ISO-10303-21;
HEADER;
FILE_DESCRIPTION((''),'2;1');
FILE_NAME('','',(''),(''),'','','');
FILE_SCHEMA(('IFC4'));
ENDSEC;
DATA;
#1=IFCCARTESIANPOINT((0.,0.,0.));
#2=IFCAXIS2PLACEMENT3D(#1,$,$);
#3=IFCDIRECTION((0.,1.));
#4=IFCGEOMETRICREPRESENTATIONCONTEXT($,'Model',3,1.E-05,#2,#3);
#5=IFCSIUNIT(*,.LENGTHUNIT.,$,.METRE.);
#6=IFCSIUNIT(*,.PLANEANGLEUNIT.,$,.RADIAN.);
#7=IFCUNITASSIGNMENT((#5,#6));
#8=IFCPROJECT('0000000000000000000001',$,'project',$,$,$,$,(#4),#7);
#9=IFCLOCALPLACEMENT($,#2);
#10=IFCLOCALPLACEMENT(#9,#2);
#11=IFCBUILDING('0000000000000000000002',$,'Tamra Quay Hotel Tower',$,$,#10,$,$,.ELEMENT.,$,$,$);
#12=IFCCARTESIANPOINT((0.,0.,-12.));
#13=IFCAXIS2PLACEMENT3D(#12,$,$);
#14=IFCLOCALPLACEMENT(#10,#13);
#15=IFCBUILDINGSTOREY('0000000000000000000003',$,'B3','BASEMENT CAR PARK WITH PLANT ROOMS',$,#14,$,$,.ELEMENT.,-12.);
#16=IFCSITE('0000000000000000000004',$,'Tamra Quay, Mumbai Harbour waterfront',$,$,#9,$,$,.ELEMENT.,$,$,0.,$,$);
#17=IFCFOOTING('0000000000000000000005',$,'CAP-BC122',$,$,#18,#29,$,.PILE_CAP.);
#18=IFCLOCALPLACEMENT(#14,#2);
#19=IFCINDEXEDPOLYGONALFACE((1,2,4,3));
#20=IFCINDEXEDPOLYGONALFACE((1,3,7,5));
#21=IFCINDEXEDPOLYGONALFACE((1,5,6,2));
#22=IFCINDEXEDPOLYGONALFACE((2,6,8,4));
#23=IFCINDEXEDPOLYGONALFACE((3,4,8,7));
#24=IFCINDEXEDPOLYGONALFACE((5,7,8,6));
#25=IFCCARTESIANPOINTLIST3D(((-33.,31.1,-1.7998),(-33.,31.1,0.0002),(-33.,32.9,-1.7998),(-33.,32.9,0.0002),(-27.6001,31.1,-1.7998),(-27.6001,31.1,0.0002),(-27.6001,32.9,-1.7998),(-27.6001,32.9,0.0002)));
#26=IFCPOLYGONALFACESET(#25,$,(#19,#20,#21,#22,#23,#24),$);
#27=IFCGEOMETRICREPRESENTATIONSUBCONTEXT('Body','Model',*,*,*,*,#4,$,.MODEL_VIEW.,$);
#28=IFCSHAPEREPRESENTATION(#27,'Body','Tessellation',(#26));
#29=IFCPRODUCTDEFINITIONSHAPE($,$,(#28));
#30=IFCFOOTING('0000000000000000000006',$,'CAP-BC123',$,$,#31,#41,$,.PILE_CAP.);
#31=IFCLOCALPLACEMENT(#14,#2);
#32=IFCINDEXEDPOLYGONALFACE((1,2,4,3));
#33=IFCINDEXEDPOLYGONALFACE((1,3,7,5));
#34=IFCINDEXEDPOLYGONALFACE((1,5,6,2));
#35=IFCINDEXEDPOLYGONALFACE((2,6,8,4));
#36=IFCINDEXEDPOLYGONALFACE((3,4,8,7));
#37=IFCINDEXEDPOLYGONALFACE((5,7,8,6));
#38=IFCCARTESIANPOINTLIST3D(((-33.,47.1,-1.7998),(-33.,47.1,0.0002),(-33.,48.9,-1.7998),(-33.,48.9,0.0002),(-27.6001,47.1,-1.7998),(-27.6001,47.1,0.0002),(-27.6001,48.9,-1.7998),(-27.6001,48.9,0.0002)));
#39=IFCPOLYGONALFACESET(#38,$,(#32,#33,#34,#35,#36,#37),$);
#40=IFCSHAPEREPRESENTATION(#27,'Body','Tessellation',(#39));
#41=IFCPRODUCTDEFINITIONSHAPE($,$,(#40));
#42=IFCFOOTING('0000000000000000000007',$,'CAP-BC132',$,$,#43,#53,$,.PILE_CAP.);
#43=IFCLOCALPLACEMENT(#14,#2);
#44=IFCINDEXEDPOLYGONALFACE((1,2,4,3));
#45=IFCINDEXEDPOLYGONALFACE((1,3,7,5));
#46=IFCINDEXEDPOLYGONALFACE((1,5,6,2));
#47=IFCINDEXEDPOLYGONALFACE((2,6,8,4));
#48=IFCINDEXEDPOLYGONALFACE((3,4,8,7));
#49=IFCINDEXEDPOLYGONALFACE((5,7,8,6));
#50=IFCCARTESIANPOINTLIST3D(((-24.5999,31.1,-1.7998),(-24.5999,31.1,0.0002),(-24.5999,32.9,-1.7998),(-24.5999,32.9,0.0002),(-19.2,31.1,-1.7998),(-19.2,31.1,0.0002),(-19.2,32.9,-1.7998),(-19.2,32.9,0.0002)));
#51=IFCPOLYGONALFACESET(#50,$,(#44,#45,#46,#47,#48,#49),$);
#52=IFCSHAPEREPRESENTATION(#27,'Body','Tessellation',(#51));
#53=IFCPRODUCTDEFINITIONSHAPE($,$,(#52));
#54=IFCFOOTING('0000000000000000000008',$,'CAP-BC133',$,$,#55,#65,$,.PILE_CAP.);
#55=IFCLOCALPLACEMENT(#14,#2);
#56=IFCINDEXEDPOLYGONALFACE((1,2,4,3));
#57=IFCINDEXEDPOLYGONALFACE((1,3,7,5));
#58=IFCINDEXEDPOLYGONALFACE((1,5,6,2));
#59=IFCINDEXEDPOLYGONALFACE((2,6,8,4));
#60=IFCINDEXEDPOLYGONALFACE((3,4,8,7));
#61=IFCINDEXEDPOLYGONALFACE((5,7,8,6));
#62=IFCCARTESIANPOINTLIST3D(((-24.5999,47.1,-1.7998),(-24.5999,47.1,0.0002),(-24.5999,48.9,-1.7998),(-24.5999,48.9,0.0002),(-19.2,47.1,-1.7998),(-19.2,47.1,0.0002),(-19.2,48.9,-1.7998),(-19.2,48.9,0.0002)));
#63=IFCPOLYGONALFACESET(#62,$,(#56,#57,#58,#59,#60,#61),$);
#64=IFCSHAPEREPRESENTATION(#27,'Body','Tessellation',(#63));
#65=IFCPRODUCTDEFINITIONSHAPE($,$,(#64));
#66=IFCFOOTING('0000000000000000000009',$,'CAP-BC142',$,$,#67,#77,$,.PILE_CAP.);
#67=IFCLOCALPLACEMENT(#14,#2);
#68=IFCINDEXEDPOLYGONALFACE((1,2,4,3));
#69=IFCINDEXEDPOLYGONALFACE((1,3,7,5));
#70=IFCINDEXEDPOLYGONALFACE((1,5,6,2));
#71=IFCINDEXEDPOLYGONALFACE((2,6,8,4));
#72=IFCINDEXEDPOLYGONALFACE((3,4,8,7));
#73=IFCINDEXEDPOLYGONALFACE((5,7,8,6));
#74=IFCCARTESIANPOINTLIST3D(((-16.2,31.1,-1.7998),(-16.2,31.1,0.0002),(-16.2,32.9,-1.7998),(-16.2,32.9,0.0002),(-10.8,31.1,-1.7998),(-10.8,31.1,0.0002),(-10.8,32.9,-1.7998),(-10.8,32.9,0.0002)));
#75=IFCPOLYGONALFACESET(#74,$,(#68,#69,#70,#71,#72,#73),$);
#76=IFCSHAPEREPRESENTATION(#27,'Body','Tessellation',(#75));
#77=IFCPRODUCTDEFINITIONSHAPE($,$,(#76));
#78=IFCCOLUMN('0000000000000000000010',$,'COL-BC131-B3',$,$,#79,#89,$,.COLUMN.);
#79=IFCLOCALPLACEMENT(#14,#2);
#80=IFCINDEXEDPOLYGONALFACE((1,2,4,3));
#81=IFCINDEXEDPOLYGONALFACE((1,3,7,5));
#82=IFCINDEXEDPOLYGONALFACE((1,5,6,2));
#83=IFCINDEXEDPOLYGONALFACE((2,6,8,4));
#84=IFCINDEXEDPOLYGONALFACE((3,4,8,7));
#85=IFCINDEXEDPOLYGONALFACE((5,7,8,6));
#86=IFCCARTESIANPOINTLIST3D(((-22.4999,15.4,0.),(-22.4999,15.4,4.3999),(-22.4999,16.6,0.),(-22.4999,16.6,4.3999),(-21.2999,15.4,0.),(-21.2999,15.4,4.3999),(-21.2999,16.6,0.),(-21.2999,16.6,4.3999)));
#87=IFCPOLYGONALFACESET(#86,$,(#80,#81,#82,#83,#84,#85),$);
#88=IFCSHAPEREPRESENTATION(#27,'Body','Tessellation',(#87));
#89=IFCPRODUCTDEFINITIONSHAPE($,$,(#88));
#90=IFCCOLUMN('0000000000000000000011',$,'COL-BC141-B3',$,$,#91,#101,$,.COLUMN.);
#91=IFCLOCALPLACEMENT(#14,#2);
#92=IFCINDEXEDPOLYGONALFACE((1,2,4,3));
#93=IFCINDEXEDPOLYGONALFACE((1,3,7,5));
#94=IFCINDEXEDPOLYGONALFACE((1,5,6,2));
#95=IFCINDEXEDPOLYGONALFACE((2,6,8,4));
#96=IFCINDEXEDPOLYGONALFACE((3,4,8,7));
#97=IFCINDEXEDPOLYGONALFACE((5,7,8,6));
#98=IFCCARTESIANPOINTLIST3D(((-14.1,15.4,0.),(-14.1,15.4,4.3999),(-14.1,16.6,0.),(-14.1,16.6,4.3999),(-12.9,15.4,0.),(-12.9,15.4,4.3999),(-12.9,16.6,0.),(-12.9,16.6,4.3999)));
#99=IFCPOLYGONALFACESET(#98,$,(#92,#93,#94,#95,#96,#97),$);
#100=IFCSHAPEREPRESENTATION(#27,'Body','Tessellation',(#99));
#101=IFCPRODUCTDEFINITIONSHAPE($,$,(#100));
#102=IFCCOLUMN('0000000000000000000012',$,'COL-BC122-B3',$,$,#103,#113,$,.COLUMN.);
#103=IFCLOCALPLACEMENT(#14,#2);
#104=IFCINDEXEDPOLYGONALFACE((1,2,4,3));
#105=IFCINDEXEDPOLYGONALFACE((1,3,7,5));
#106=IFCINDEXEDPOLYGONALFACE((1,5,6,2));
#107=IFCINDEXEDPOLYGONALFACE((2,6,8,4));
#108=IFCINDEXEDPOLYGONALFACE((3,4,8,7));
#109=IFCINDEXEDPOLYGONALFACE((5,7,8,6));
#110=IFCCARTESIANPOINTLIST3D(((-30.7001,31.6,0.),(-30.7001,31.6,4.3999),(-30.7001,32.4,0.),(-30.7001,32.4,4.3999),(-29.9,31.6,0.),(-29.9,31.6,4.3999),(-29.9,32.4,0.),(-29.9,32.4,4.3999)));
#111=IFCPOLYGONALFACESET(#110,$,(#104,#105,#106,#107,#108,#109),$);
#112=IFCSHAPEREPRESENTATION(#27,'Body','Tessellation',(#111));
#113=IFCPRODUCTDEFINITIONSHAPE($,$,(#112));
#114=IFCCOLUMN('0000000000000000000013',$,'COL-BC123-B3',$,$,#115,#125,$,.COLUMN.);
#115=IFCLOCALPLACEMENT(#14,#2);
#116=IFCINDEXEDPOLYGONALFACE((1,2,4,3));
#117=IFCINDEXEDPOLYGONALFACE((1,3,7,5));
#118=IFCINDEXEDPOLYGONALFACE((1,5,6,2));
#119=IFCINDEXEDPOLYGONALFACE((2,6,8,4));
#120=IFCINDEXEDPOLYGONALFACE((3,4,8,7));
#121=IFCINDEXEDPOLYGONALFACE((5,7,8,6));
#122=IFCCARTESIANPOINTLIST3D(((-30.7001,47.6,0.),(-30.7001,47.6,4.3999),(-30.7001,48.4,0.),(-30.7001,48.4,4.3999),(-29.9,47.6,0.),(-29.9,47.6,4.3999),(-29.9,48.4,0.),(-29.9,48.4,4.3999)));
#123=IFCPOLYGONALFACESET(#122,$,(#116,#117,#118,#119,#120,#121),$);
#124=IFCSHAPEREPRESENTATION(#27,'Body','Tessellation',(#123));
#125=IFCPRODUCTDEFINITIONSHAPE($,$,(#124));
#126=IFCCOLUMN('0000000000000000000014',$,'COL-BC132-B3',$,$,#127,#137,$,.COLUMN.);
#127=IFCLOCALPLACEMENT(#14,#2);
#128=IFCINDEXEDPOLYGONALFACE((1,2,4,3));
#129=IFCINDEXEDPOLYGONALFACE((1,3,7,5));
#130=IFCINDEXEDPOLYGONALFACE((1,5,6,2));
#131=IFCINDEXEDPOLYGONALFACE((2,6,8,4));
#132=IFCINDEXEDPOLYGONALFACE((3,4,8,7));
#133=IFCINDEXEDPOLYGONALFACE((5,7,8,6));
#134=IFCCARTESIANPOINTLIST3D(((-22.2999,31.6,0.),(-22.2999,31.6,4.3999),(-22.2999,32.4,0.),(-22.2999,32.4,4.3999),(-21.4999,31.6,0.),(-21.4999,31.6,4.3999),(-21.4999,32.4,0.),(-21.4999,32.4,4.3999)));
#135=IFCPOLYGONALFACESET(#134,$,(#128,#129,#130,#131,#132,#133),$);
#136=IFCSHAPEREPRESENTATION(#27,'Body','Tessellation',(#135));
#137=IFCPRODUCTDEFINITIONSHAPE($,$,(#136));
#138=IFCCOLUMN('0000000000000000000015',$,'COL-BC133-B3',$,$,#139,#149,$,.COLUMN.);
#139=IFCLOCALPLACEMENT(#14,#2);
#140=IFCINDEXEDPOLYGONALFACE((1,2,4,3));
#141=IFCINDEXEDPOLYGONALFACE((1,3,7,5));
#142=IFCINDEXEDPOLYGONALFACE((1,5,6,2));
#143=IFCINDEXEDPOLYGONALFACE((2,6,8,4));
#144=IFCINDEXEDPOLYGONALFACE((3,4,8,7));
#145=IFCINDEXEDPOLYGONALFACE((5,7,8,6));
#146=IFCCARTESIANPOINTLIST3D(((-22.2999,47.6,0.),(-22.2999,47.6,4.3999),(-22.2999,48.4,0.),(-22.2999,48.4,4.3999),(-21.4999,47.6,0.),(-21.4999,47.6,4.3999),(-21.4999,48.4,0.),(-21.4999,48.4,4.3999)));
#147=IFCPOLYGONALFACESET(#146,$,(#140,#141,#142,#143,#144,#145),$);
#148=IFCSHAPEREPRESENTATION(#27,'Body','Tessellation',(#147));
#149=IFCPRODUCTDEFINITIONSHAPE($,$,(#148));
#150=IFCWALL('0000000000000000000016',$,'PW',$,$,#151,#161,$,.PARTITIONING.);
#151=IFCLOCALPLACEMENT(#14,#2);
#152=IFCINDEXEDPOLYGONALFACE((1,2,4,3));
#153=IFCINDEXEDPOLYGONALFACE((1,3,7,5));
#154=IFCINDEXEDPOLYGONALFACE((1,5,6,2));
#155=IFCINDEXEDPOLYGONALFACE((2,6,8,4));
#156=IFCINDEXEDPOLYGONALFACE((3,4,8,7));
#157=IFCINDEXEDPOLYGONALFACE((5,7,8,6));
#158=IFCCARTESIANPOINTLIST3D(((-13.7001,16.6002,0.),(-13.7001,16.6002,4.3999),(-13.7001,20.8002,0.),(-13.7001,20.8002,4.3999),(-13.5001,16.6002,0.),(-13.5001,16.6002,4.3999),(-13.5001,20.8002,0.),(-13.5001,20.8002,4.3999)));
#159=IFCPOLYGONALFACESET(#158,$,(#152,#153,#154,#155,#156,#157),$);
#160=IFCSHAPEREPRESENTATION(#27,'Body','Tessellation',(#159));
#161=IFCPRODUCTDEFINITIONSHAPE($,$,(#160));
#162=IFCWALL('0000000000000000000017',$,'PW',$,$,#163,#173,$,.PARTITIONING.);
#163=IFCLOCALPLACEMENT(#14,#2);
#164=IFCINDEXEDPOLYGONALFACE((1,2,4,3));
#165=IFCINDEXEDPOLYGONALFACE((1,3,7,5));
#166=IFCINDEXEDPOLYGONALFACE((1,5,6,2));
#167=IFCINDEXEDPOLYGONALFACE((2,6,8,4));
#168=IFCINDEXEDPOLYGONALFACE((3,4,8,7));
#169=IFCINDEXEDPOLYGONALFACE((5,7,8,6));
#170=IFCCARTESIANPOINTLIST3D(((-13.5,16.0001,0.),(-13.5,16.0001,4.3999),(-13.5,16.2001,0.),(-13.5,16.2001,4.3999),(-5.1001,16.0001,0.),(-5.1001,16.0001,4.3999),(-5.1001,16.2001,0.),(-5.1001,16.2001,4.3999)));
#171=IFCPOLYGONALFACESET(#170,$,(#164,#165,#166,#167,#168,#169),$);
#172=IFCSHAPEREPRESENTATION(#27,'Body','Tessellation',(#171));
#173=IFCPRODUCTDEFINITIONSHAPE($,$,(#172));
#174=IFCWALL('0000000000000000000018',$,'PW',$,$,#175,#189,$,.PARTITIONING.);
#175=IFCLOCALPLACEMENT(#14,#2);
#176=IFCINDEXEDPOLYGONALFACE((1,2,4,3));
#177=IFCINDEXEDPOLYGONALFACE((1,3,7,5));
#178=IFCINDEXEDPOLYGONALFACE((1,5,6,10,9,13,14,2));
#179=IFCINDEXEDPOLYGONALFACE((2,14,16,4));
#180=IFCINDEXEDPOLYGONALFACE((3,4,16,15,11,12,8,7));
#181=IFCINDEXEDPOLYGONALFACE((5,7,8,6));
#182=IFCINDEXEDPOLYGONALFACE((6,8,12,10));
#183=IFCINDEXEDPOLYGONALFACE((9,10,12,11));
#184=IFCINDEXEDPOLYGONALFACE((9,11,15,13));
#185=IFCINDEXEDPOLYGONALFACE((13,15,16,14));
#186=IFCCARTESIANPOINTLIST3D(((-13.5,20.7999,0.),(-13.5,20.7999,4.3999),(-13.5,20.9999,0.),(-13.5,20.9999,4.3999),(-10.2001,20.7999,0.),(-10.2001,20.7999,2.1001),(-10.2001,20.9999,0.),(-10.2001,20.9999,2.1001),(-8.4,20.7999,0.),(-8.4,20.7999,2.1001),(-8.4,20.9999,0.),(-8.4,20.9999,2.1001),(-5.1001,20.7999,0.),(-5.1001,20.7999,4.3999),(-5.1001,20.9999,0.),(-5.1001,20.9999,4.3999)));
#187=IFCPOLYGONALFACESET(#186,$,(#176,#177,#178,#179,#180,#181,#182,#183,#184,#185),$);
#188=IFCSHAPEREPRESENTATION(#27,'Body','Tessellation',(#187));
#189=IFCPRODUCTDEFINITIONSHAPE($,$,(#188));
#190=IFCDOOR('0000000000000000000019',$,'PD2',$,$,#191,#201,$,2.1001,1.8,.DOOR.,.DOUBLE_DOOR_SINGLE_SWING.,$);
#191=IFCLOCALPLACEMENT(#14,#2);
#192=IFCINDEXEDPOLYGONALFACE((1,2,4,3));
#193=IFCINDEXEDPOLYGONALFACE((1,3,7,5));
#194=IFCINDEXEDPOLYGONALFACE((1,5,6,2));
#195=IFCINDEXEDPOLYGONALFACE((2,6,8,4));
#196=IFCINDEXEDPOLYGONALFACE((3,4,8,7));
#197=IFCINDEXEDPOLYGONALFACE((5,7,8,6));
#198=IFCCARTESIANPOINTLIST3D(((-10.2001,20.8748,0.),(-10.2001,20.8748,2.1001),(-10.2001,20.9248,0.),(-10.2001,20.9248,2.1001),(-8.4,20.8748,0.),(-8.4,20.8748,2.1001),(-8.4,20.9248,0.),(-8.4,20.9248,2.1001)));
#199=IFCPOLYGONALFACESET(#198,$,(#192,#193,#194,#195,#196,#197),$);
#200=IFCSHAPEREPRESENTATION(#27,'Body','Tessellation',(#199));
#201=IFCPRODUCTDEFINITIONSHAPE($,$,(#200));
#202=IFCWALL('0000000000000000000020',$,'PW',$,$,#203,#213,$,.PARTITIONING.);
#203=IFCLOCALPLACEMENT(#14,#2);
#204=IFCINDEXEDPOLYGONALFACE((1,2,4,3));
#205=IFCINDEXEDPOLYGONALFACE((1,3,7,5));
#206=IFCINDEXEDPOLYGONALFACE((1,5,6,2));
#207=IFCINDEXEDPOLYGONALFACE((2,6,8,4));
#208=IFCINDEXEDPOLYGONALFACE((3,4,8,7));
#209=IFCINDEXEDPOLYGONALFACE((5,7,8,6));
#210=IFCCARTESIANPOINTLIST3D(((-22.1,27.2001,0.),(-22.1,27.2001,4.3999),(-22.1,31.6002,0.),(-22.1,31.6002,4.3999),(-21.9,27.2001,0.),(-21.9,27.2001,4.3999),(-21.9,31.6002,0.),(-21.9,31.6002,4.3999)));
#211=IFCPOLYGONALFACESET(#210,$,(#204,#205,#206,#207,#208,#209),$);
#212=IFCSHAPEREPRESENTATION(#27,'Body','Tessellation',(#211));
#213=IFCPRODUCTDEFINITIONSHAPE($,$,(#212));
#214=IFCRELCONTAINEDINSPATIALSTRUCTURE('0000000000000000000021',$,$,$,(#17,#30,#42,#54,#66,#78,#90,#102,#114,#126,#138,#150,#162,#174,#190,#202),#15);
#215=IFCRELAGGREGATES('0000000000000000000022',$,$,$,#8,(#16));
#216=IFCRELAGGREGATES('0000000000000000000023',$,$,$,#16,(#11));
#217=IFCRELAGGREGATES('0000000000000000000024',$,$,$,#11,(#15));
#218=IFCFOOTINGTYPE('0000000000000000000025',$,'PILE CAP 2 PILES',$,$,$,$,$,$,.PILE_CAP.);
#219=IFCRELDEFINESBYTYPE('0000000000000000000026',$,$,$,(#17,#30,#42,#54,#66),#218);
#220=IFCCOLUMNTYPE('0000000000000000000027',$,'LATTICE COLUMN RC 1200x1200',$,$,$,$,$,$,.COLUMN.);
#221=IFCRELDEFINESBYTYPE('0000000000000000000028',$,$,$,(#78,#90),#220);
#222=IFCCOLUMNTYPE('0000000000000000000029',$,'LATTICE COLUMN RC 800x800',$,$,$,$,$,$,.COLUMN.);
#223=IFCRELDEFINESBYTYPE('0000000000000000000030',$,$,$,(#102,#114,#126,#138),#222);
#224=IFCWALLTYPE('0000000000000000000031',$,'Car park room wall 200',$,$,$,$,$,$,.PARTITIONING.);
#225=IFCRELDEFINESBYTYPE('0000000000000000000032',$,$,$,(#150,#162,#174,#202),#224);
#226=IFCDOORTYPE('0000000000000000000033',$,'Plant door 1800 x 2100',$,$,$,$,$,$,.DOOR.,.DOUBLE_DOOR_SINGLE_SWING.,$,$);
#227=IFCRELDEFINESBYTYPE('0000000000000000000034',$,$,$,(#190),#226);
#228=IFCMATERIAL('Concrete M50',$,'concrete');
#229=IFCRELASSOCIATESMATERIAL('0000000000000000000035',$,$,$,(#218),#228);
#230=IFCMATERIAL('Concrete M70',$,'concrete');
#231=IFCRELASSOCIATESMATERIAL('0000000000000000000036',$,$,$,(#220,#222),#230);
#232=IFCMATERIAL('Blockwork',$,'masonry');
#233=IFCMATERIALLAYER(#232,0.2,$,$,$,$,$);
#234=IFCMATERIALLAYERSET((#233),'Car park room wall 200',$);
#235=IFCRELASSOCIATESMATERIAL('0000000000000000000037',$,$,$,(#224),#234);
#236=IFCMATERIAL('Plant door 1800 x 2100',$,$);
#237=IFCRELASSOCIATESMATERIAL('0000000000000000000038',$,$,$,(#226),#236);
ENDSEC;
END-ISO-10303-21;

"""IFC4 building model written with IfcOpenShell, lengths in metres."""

from ifc_helpers import new_model, si_unit, direction, frame, frame_2d, origin, origin_2d, place, context, subcontext, project, spatial, rectangle, extrude, material, layer, layer_set, material_profile, profile_set, type_object, element, fill, save


model = new_model("IFC4")

# Units and contexts
model_context = context("Model", 3, precision=1e-05, world=origin(), true_north=direction((0.0, 1.0)))
body_context = subcontext(model_context, "Body", "Model", "MODEL_VIEW")
ifc_project = project(units=[si_unit("LENGTHUNIT", "METRE"), si_unit("PLANEANGLEUNIT", "RADIAN")], contexts=[model_context])

# Site, building, storey
site_placement = place(None, origin())
site = spatial("IfcSite", under=ifc_project, at=site_placement, Name="Tamra Quay, Mumbai Harbour waterfront", CompositionType="ELEMENT", RefElevation=0.0)
building_placement = place(site_placement, origin())
building = spatial("IfcBuilding", under=site, at=building_placement, Name="Tamra Quay Hotel Tower", CompositionType="ELEMENT")
storey_placement = place(building_placement, frame((0.0, 0.0, -12.0)))
storey = spatial("IfcBuildingStorey", under=building, at=storey_placement, Name="B3", Description="BASEMENT CAR PARK WITH PLANT ROOMS", CompositionType="ELEMENT", Elevation=-12.0)

# Footings
ifc_material_1 = material(Name="Concrete M50", Category="concrete")
footing_type = type_object("IfcFootingType", Name="PILE CAP 2 PILES", PredefinedType="PILE_CAP", material=ifc_material_1)
for number, where, z_axis, x_axis, name in (
    (1, (-30.3, 32.0, -1.7998), (0.0, 0.0, 1.0), (1.0, 0.0, 0.0), "CAP-BC122"),
    (2, (-30.3, 48.0, -1.7998), (0.0, 0.0, 1.0), (1.0, 0.0, 0.0), "CAP-BC123"),
    (3, (-21.8999, 32.0, -1.7998), (0.0, 0.0, 1.0), (1.0, 0.0, 0.0), "CAP-BC132"),
    (4, (-21.8999, 48.0, -1.7998), (0.0, 0.0, 1.0), (1.0, 0.0, 0.0), "CAP-BC133"),
    (5, (-13.5, 32.0, -1.7998), (0.0, 0.0, 1.0), (1.0, 0.0, 0.0), "CAP-BC142"),
):
    element("IfcFooting", number, at=place(storey_placement, frame(where, z_axis=z_axis, x_axis=x_axis)), inside=storey, type_object=footing_type, Name=name, PredefinedType="PILE_CAP", context=body_context, shape_type="SweptSolid", body=[
        extrude(rectangle(XDim=5.3999, YDim=1.8, at=origin_2d()), origin(), (0.0, 0.0, 1.0), 1.8),
    ])

# Columns
ifc_material_2 = material(Name="Concrete M70", Category="concrete")
ifc_material_profile_1 = material_profile(ifc_material_2, rectangle(XDim=1.2, YDim=1.2, at=origin_2d()), Name="LATTICE COLUMN RC 1200x1200")
ifc_profile_set_1 = profile_set([ifc_material_profile_1], Name="Concrete M70")
column_type_1 = type_object("IfcColumnType", Name="LATTICE COLUMN RC 1200x1200", PredefinedType="COLUMN", material=ifc_profile_set_1)
for number, where, z_axis, x_axis, name in (
    (6, (-21.8999, 16.0, 0.0), (0.0, 0.0, 1.0), (1.0, 0.0, 0.0), "COL-BC131-B3"),
    (7, (-13.5, 16.0, 0.0), (0.0, 0.0, 1.0), (1.0, 0.0, 0.0), "COL-BC141-B3"),
):
    element("IfcColumn", number, at=place(storey_placement, frame(where, z_axis=z_axis, x_axis=x_axis)), inside=storey, type_object=column_type_1, Name=name, PredefinedType="COLUMN", context=body_context, shape_type="SweptSolid", body=[
        extrude(rectangle(XDim=1.2, YDim=1.2, at=origin_2d()), origin(), (0.0, 0.0, 1.0), 4.3999),
    ])
ifc_material_profile_2 = material_profile(ifc_material_2, rectangle(XDim=0.8, YDim=0.8, at=origin_2d()), Name="LATTICE COLUMN RC 800x800")
ifc_profile_set_2 = profile_set([ifc_material_profile_2], Name="Concrete M70")
column_type_2 = type_object("IfcColumnType", Name="LATTICE COLUMN RC 800x800", PredefinedType="COLUMN", material=ifc_profile_set_2)
for number, where, z_axis, x_axis, name in (
    (8, (-30.3, 32.0, 0.0), (0.0, 0.0, 1.0), (1.0, 0.0, 0.0), "COL-BC122-B3"),
    (9, (-30.3, 48.0, 0.0), (0.0, 0.0, 1.0), (1.0, 0.0, 0.0), "COL-BC123-B3"),
    (10, (-21.8999, 32.0, 0.0), (0.0, 0.0, 1.0), (1.0, 0.0, 0.0), "COL-BC132-B3"),
    (11, (-21.8999, 48.0, 0.0), (0.0, 0.0, 1.0), (1.0, 0.0, 0.0), "COL-BC133-B3"),
):
    element("IfcColumn", number, at=place(storey_placement, frame(where, z_axis=z_axis, x_axis=x_axis)), inside=storey, type_object=column_type_2, Name=name, PredefinedType="COLUMN", context=body_context, shape_type="SweptSolid", body=[
        extrude(rectangle(XDim=0.8, YDim=0.8, at=origin_2d()), origin(), (0.0, 0.0, 1.0), 4.3999),
    ])

# Walls
ifc_material_3 = material(Name="Blockwork", Category="masonry")
ifc_layer = layer(ifc_material_3, 0.2)
ifc_layer_set = layer_set([ifc_layer], Name="Car park room wall 200")
wall_type = type_object("IfcWallType", Name="Car park room wall 200", PredefinedType="PARTITIONING", material=ifc_layer_set)
wall_1_placement = place(storey_placement, frame((-13.6001, 16.6001, 0.0), z_axis=(0.0, 0.0, 1.0), x_axis=(0.0, 1.0, 0.0)))
element("IfcWall", 12, at=wall_1_placement, inside=storey, type_object=wall_type, Name="PW", PredefinedType="PARTITIONING", context=body_context, shape_type="SweptSolid", body=[
    extrude(rectangle(XDim=4.2, YDim=0.2, at=frame_2d((2.1001, 0.0))), origin(), (0.0, 0.0, 1.0), 4.3999),
])
wall_2_placement = place(storey_placement, frame((-13.5, 16.1001, 0.0), z_axis=(0.0, 0.0, 1.0), x_axis=(1.0, 0.0, 0.0)))
element("IfcWall", 13, at=wall_2_placement, inside=storey, type_object=wall_type, Name="PW", PredefinedType="PARTITIONING", context=body_context, shape_type="SweptSolid", body=[
    extrude(rectangle(XDim=8.3999, YDim=0.2, at=frame_2d((4.2, 0.0))), origin(), (0.0, 0.0, 1.0), 4.3999),
])

# Wall, opening, door
wall_3_placement = place(storey_placement, frame((-13.5, 20.8999, 0.0), z_axis=(0.0, 0.0, 1.0), x_axis=(1.0, 0.0, 0.0)))
wall_3 = element("IfcWall", 14, at=wall_3_placement, inside=storey, type_object=wall_type, Name="PW", PredefinedType="PARTITIONING", context=body_context, shape_type="SweptSolid", body=[
    extrude(rectangle(XDim=8.3999, YDim=0.2, at=frame_2d((4.2, 0.0))), origin(), (0.0, 0.0, 1.0), 4.3999),
])
opening_1_placement = place(wall_3_placement, frame((3.3, 0.0, 0.0)))
opening_1 = element("IfcOpeningElement", 15, at=opening_1_placement, cuts=wall_3, PredefinedType="OPENING", context=body_context, shape_type="SweptSolid", body=[
    extrude(rectangle(XDim=1.8, YDim=2.1001, at=frame_2d((0.8999, 1.05))), frame((0.0, 0.1099, 0.0), z_axis=(0.0, -1.0, 0.0), x_axis=(1.0, 0.0, 0.0)), (0.0, 0.0, 1.0), 0.22),
])
ifc_material_4 = material(Name="Plant door 1800 x 2100")
door_type = type_object("IfcDoorType", Name="Plant door 1800 x 2100", OperationType="DOUBLE_DOOR_SINGLE_SWING", PredefinedType="DOOR", material=ifc_material_4)
door_1_placement = place(opening_1_placement, origin())
door_1 = element("IfcDoor", 16, at=door_1_placement, inside=storey, type_object=door_type, Name="PD2", OperationType="DOUBLE_DOOR_SINGLE_SWING", OverallHeight=2.1001, OverallWidth=1.8, PredefinedType="DOOR", context=body_context, shape_type="SweptSolid", body=[
    extrude(rectangle(XDim=1.8, YDim=2.1001, at=frame_2d((0.8999, 1.05))), frame((0.0, 0.0249, 0.0), z_axis=(0.0, -1.0, 0.0), x_axis=(1.0, 0.0, 0.0)), (0.0, 0.0, 1.0), 0.05),
])
fill(opening_1, door_1)

# Wall
wall_4_placement = place(storey_placement, frame((-22.0, 27.2, 0.0), z_axis=(0.0, 0.0, 1.0), x_axis=(0.0, 1.0, 0.0)))
element("IfcWall", 17, at=wall_4_placement, inside=storey, type_object=wall_type, Name="PW", PredefinedType="PARTITIONING", context=body_context, shape_type="SweptSolid", body=[
    extrude(rectangle(XDim=4.4001, YDim=0.2, at=frame_2d((2.2002, 0.0))), origin(), (0.0, 0.0, 1.0), 4.3999),
])

save(model, "model.ifc")
